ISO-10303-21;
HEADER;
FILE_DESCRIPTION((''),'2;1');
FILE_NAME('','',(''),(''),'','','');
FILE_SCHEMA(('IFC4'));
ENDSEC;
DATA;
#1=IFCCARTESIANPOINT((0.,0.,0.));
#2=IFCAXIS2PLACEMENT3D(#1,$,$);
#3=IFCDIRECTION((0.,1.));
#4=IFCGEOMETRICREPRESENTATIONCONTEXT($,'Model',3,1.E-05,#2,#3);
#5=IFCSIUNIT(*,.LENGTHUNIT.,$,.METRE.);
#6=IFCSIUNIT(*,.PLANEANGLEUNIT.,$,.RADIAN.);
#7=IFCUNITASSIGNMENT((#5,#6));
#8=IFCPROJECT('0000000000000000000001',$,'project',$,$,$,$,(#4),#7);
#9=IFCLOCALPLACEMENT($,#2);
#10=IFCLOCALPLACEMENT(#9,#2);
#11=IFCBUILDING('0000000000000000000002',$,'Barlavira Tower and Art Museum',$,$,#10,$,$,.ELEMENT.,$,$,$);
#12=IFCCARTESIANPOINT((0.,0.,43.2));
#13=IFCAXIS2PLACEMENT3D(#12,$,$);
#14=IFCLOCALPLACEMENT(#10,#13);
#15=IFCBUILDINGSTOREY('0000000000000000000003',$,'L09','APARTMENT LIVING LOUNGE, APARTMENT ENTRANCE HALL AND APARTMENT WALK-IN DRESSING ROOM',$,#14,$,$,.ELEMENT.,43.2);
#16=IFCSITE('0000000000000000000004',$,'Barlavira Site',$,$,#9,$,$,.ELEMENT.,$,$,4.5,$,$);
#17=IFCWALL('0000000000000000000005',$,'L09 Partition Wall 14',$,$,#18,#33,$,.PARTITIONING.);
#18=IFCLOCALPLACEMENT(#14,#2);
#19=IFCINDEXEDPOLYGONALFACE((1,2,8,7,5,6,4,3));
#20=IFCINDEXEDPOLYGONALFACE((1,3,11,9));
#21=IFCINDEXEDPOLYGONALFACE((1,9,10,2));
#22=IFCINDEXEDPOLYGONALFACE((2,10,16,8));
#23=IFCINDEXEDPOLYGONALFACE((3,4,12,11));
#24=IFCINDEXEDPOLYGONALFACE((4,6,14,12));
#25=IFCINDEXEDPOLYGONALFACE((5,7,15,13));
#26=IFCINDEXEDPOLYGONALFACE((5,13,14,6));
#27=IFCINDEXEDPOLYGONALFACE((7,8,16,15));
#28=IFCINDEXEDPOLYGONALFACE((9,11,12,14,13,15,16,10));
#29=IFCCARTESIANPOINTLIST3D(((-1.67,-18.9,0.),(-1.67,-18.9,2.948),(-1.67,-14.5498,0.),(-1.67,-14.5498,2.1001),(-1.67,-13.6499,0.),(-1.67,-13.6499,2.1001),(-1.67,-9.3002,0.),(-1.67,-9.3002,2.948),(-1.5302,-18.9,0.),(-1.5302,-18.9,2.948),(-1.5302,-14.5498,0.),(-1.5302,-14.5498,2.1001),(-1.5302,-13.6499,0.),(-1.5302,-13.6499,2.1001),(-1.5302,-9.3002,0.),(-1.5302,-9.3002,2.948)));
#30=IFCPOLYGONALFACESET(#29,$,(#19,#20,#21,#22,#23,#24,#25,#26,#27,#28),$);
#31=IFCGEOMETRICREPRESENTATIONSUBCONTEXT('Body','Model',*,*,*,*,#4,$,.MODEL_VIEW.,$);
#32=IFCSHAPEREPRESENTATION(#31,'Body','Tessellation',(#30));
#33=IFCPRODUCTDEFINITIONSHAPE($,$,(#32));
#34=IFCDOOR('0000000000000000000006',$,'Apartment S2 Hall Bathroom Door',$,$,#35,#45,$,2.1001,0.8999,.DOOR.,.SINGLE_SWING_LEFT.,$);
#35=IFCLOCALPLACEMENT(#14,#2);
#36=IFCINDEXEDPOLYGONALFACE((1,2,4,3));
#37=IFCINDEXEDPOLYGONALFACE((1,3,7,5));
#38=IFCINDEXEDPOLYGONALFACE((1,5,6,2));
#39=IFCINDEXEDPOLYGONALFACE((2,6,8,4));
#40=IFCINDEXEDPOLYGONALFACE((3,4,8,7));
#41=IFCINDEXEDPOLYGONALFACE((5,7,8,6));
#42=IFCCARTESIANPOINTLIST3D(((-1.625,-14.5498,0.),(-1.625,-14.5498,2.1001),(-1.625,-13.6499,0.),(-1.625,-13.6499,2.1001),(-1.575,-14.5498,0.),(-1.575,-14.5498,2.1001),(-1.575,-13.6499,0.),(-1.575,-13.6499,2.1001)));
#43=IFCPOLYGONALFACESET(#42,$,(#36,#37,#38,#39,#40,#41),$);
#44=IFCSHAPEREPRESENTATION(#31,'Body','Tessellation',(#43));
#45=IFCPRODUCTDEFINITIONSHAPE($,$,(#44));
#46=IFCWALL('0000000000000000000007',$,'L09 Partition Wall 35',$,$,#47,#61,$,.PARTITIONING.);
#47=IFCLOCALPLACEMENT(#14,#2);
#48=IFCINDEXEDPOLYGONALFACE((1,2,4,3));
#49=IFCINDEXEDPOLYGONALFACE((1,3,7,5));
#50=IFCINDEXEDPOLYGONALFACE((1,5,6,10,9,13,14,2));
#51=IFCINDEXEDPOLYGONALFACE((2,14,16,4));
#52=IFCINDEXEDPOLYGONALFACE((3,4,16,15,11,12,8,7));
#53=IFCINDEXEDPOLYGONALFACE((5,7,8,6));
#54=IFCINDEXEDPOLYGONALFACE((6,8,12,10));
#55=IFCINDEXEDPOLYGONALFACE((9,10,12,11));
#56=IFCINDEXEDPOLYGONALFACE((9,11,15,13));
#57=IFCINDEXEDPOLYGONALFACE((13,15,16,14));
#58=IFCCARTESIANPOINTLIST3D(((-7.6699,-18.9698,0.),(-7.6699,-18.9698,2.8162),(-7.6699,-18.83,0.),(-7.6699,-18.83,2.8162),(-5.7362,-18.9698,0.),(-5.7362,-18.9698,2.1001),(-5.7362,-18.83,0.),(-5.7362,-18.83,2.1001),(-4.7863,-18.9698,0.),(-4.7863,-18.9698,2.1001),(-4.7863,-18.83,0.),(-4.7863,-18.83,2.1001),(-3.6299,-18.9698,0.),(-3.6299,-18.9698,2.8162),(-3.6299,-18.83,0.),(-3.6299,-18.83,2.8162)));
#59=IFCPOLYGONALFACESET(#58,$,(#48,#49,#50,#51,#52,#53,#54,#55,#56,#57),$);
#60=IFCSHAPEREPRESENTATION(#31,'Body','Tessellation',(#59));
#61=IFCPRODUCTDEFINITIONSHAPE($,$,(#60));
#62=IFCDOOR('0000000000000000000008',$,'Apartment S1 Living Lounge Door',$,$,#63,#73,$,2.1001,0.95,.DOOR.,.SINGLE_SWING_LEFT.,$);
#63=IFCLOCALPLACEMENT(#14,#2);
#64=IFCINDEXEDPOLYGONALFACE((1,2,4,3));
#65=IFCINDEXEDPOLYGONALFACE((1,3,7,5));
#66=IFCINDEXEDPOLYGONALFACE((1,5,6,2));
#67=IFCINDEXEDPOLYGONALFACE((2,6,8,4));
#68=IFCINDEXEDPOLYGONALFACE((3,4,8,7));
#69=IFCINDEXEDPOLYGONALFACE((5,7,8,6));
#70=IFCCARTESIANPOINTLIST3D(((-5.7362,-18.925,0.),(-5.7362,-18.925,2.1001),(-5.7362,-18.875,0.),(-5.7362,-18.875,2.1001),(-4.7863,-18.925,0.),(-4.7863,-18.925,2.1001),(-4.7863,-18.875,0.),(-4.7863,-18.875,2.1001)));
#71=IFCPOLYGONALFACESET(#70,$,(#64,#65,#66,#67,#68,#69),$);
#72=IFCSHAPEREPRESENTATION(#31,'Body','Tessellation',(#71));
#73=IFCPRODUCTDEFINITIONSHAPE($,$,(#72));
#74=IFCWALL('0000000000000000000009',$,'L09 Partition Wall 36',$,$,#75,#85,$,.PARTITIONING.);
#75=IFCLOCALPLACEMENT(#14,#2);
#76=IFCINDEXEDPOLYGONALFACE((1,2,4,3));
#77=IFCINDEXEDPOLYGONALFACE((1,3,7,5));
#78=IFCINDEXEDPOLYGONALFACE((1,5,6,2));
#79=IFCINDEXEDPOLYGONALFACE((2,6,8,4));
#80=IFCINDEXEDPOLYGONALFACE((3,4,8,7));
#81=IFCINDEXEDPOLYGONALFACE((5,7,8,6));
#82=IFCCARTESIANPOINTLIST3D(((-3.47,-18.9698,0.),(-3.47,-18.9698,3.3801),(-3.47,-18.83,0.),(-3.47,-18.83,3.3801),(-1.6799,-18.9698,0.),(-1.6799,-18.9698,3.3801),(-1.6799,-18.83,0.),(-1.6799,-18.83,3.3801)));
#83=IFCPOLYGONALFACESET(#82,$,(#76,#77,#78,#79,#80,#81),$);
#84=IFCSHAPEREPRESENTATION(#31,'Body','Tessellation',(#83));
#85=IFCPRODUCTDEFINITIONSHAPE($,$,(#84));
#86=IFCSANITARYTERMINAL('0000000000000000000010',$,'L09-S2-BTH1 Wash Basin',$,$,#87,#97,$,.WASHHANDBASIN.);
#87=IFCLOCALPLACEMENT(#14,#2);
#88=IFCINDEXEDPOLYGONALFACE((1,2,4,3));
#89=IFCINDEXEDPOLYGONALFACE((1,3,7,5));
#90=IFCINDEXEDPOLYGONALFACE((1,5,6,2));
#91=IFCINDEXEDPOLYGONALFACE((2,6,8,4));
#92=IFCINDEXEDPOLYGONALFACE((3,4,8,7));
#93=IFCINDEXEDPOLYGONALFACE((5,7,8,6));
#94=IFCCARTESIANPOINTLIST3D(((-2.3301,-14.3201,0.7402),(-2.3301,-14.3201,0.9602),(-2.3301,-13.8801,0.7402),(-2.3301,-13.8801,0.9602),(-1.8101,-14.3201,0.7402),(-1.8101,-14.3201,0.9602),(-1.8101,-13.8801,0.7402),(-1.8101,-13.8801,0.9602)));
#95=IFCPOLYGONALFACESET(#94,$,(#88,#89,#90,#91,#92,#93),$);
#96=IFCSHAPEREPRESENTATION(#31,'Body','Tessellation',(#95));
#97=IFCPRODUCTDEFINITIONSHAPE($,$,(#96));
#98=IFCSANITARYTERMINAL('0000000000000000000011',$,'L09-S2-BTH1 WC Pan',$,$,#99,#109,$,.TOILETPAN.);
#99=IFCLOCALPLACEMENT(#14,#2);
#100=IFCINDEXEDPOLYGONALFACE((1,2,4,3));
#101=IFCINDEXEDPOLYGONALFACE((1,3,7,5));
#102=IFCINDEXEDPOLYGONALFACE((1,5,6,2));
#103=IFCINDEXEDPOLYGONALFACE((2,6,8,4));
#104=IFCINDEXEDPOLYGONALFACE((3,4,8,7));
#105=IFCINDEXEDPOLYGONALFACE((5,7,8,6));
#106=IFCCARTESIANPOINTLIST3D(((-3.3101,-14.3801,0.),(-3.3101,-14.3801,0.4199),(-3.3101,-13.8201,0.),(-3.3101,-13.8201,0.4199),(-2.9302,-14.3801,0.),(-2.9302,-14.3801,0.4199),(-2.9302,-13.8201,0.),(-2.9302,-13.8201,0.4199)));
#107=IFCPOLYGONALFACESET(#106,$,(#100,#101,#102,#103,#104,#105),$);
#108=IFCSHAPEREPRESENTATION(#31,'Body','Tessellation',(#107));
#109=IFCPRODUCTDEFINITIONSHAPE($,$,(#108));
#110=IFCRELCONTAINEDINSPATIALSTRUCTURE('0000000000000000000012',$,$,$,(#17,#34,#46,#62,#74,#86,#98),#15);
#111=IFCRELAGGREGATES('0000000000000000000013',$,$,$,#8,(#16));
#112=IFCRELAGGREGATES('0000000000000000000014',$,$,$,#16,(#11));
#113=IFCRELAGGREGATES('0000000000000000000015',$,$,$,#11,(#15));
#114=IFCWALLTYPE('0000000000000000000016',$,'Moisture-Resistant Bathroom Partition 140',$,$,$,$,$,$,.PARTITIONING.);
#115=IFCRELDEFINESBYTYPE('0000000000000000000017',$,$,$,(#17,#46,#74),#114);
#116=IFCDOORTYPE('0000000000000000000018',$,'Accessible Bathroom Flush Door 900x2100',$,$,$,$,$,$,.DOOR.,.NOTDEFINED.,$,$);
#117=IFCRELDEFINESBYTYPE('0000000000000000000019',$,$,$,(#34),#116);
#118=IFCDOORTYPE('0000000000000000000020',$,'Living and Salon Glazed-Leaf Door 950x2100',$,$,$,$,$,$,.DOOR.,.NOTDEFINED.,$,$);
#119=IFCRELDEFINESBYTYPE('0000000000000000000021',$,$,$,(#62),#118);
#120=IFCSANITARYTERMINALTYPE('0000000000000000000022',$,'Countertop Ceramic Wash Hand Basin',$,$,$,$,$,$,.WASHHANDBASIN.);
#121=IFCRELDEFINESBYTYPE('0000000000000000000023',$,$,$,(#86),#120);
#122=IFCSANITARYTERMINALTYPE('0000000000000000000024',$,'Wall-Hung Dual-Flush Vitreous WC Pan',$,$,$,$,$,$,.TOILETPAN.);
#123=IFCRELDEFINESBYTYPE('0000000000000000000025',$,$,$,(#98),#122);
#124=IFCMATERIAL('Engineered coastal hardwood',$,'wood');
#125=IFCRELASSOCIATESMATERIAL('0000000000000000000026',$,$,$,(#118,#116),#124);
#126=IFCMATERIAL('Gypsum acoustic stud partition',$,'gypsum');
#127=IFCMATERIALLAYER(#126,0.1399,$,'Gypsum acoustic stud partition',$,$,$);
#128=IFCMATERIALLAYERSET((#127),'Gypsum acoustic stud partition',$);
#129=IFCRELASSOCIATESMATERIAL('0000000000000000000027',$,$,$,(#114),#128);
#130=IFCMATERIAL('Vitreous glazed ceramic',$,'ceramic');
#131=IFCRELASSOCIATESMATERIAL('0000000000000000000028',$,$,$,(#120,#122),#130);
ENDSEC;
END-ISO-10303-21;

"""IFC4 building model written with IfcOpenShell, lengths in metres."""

from ifc_helpers import new_model, si_unit, direction, frame, frame_2d, origin, origin_2d, place, context, subcontext, project, spatial, rectangle, extrude, material, layer, layer_set, type_object, element, fill, save


model = new_model("IFC4")

# Units and contexts
model_context = context("Model", 3, precision=1e-05, world=origin(), true_north=direction((0.0, 1.0)))
body_context = subcontext(model_context, "Body", "Model", "MODEL_VIEW")
ifc_project = project(units=[si_unit("LENGTHUNIT", "METRE"), si_unit("PLANEANGLEUNIT", "RADIAN")], contexts=[model_context])

# Site, building, storey
site_placement = place(None, origin())
site = spatial("IfcSite", under=ifc_project, at=site_placement, Name="Barlavira Site", CompositionType="ELEMENT", RefElevation=4.5)
building_placement = place(site_placement, origin())
building = spatial("IfcBuilding", under=site, at=building_placement, Name="Barlavira Tower and Art Museum", CompositionType="ELEMENT")
storey_placement = place(building_placement, frame((0.0, 0.0, 43.2)))
storey = spatial("IfcBuildingStorey", under=building, at=storey_placement, Name="L09", Description="APARTMENT LIVING LOUNGE, APARTMENT ENTRANCE HALL AND APARTMENT WALK-IN DRESSING ROOM", CompositionType="ELEMENT", Elevation=43.2)

# Shared definitions
ifc_material_1 = material(Name="Gypsum acoustic stud partition", Category="gypsum")
ifc_material_2 = material(Name="Engineered coastal hardwood", Category="wood")
door_type_1 = type_object("IfcDoorType", Name="Living and Salon Glazed-Leaf Door 950x2100", OperationType="NOTDEFINED", PredefinedType="DOOR", material=ifc_material_2)

# Walls, openings, doors
ifc_layer_1 = layer(ifc_material_1, 0.1399, Name="Gypsum acoustic stud partition")
ifc_layer_set_1 = layer_set([ifc_layer_1], Name="Gypsum acoustic stud partition")
wall_type_1 = type_object("IfcWallType", Name="Moisture-Resistant Bathroom Partition 140", PredefinedType="PARTITIONING", material=ifc_layer_set_1)
wall_1_placement = place(storey_placement, frame((-1.6001, -18.8999, 0.0), z_axis=(0.0, 0.0, 1.0), x_axis=(0.0, 1.0, 0.0)))
wall_1 = element("IfcWall", 1, at=wall_1_placement, inside=storey, type_object=wall_type_1, Name="L09 Partition Wall 14", PredefinedType="PARTITIONING", context=body_context, shape_type="SweptSolid", body=[
    extrude(rectangle(XDim=9.5999, YDim=0.1399, at=frame_2d((4.7998, 0.0))), origin(), (0.0, 0.0, 1.0), 2.948),
])
opening_1_placement = place(wall_1_placement, frame((4.3501, 0.0, 0.0)))
opening_1 = element("IfcOpeningElement", 2, at=opening_1_placement, cuts=wall_1, PredefinedType="OPENING", context=body_context, shape_type="SweptSolid", body=[
    extrude(rectangle(XDim=0.8999, YDim=2.1001, at=frame_2d((0.45, 1.05))), frame((0.0, 0.0801, 0.0), z_axis=(0.0, -1.0, 0.0), x_axis=(1.0, 0.0, 0.0)), (0.0, 0.0, 1.0), 0.1599),
])
door_type_2 = type_object("IfcDoorType", Name="Accessible Bathroom Flush Door 900x2100", OperationType="NOTDEFINED", PredefinedType="DOOR", material=ifc_material_2)
door_1_placement = place(opening_1_placement, origin())
door_1 = element("IfcDoor", 3, at=door_1_placement, inside=storey, type_object=door_type_2, Name="Apartment S2 Hall Bathroom Door", OperationType="SINGLE_SWING_LEFT", OverallHeight=2.1001, OverallWidth=0.8999, PredefinedType="DOOR", context=body_context, shape_type="SweptSolid", body=[
    extrude(rectangle(XDim=0.8999, YDim=2.1001, at=frame_2d((0.45, 1.05))), frame((0.0, 0.0249, 0.0), z_axis=(0.0, -1.0, 0.0), x_axis=(1.0, 0.0, 0.0)), (0.0, 0.0, 1.0), 0.05),
])
fill(opening_1, door_1)
wall_2_placement = place(storey_placement, frame((-7.6699, -18.8999, 0.0), z_axis=(0.0, 0.0, 1.0), x_axis=(1.0, 0.0, 0.0)))
wall_2 = element("IfcWall", 4, at=wall_2_placement, inside=storey, type_object=wall_type_1, Name="L09 Partition Wall 35", PredefinedType="PARTITIONING", context=body_context, shape_type="SweptSolid", body=[
    extrude(rectangle(XDim=4.04, YDim=0.1399, at=frame_2d((2.02, 0.0))), origin(), (0.0, 0.0, 1.0), 2.8162),
])
opening_2_placement = place(wall_2_placement, frame((1.9336, 0.0, 0.0)))
opening_2 = element("IfcOpeningElement", 5, at=opening_2_placement, cuts=wall_2, PredefinedType="OPENING", context=body_context, shape_type="SweptSolid", body=[
    extrude(rectangle(XDim=0.95, YDim=2.1001, at=frame_2d((0.4751, 1.05))), frame((0.0, 0.0801, 0.0), z_axis=(0.0, -1.0, 0.0), x_axis=(1.0, 0.0, 0.0)), (0.0, 0.0, 1.0), 0.1599),
])
door_2_placement = place(opening_2_placement, origin())
door_2 = element("IfcDoor", 6, at=door_2_placement, inside=storey, type_object=door_type_1, Name="Apartment S1 Living Lounge Door", OperationType="SINGLE_SWING_LEFT", OverallHeight=2.1001, OverallWidth=0.95, PredefinedType="DOOR", context=body_context, shape_type="SweptSolid", body=[
    extrude(rectangle(XDim=0.95, YDim=2.1001, at=frame_2d((0.4751, 1.05))), frame((0.0, 0.0249, 0.0), z_axis=(0.0, -1.0, 0.0), x_axis=(1.0, 0.0, 0.0)), (0.0, 0.0, 1.0), 0.05),
])
fill(opening_2, door_2)

# Wall
wall_3_placement = place(storey_placement, frame((-3.47, -18.8999, 0.0), z_axis=(0.0, 0.0, 1.0), x_axis=(1.0, 0.0, 0.0)))
element("IfcWall", 7, at=wall_3_placement, inside=storey, type_object=wall_type_1, Name="L09 Partition Wall 36", PredefinedType="PARTITIONING", context=body_context, shape_type="SweptSolid", body=[
    extrude(rectangle(XDim=1.79, YDim=0.1399, at=frame_2d((0.895, 0.0))), origin(), (0.0, 0.0, 1.0), 3.3801),
])

# Sanitary terminals
ifc_material_3 = material(Name="Vitreous glazed ceramic", Category="ceramic")
sanitary_terminal_type_1 = type_object("IfcSanitaryTerminalType", Name="Countertop Ceramic Wash Hand Basin", PredefinedType="WASHHANDBASIN", material=ifc_material_3)
sanitary_terminal_1_placement = place(storey_placement, frame((-2.0701, -14.1001, 0.7402), z_axis=(0.0, 0.0, 1.0), x_axis=(1.0, 0.0, 0.0)))
element("IfcSanitaryTerminal", 8, at=sanitary_terminal_1_placement, inside=storey, type_object=sanitary_terminal_type_1, Name="L09-S2-BTH1 Wash Basin", PredefinedType="WASHHANDBASIN", context=body_context, shape_type="SweptSolid", body=[
    extrude(rectangle(XDim=0.52, YDim=0.4399, at=origin_2d()), origin(), (0.0, 0.0, 1.0), 0.22),
])
sanitary_terminal_type_2 = type_object("IfcSanitaryTerminalType", Name="Wall-Hung Dual-Flush Vitreous WC Pan", PredefinedType="TOILETPAN", material=ifc_material_3)
sanitary_terminal_2_placement = place(storey_placement, frame((-3.1201, -14.1001, 0.0), z_axis=(0.0, 0.0, 1.0), x_axis=(1.0, 0.0, 0.0)))
element("IfcSanitaryTerminal", 9, at=sanitary_terminal_2_placement, inside=storey, type_object=sanitary_terminal_type_2, Name="L09-S2-BTH1 WC Pan", PredefinedType="TOILETPAN", context=body_context, shape_type="SweptSolid", body=[
    extrude(rectangle(XDim=0.3799, YDim=0.5601, at=origin_2d()), origin(), (0.0, 0.0, 1.0), 0.4199),
])

save(model, "model.ifc")
